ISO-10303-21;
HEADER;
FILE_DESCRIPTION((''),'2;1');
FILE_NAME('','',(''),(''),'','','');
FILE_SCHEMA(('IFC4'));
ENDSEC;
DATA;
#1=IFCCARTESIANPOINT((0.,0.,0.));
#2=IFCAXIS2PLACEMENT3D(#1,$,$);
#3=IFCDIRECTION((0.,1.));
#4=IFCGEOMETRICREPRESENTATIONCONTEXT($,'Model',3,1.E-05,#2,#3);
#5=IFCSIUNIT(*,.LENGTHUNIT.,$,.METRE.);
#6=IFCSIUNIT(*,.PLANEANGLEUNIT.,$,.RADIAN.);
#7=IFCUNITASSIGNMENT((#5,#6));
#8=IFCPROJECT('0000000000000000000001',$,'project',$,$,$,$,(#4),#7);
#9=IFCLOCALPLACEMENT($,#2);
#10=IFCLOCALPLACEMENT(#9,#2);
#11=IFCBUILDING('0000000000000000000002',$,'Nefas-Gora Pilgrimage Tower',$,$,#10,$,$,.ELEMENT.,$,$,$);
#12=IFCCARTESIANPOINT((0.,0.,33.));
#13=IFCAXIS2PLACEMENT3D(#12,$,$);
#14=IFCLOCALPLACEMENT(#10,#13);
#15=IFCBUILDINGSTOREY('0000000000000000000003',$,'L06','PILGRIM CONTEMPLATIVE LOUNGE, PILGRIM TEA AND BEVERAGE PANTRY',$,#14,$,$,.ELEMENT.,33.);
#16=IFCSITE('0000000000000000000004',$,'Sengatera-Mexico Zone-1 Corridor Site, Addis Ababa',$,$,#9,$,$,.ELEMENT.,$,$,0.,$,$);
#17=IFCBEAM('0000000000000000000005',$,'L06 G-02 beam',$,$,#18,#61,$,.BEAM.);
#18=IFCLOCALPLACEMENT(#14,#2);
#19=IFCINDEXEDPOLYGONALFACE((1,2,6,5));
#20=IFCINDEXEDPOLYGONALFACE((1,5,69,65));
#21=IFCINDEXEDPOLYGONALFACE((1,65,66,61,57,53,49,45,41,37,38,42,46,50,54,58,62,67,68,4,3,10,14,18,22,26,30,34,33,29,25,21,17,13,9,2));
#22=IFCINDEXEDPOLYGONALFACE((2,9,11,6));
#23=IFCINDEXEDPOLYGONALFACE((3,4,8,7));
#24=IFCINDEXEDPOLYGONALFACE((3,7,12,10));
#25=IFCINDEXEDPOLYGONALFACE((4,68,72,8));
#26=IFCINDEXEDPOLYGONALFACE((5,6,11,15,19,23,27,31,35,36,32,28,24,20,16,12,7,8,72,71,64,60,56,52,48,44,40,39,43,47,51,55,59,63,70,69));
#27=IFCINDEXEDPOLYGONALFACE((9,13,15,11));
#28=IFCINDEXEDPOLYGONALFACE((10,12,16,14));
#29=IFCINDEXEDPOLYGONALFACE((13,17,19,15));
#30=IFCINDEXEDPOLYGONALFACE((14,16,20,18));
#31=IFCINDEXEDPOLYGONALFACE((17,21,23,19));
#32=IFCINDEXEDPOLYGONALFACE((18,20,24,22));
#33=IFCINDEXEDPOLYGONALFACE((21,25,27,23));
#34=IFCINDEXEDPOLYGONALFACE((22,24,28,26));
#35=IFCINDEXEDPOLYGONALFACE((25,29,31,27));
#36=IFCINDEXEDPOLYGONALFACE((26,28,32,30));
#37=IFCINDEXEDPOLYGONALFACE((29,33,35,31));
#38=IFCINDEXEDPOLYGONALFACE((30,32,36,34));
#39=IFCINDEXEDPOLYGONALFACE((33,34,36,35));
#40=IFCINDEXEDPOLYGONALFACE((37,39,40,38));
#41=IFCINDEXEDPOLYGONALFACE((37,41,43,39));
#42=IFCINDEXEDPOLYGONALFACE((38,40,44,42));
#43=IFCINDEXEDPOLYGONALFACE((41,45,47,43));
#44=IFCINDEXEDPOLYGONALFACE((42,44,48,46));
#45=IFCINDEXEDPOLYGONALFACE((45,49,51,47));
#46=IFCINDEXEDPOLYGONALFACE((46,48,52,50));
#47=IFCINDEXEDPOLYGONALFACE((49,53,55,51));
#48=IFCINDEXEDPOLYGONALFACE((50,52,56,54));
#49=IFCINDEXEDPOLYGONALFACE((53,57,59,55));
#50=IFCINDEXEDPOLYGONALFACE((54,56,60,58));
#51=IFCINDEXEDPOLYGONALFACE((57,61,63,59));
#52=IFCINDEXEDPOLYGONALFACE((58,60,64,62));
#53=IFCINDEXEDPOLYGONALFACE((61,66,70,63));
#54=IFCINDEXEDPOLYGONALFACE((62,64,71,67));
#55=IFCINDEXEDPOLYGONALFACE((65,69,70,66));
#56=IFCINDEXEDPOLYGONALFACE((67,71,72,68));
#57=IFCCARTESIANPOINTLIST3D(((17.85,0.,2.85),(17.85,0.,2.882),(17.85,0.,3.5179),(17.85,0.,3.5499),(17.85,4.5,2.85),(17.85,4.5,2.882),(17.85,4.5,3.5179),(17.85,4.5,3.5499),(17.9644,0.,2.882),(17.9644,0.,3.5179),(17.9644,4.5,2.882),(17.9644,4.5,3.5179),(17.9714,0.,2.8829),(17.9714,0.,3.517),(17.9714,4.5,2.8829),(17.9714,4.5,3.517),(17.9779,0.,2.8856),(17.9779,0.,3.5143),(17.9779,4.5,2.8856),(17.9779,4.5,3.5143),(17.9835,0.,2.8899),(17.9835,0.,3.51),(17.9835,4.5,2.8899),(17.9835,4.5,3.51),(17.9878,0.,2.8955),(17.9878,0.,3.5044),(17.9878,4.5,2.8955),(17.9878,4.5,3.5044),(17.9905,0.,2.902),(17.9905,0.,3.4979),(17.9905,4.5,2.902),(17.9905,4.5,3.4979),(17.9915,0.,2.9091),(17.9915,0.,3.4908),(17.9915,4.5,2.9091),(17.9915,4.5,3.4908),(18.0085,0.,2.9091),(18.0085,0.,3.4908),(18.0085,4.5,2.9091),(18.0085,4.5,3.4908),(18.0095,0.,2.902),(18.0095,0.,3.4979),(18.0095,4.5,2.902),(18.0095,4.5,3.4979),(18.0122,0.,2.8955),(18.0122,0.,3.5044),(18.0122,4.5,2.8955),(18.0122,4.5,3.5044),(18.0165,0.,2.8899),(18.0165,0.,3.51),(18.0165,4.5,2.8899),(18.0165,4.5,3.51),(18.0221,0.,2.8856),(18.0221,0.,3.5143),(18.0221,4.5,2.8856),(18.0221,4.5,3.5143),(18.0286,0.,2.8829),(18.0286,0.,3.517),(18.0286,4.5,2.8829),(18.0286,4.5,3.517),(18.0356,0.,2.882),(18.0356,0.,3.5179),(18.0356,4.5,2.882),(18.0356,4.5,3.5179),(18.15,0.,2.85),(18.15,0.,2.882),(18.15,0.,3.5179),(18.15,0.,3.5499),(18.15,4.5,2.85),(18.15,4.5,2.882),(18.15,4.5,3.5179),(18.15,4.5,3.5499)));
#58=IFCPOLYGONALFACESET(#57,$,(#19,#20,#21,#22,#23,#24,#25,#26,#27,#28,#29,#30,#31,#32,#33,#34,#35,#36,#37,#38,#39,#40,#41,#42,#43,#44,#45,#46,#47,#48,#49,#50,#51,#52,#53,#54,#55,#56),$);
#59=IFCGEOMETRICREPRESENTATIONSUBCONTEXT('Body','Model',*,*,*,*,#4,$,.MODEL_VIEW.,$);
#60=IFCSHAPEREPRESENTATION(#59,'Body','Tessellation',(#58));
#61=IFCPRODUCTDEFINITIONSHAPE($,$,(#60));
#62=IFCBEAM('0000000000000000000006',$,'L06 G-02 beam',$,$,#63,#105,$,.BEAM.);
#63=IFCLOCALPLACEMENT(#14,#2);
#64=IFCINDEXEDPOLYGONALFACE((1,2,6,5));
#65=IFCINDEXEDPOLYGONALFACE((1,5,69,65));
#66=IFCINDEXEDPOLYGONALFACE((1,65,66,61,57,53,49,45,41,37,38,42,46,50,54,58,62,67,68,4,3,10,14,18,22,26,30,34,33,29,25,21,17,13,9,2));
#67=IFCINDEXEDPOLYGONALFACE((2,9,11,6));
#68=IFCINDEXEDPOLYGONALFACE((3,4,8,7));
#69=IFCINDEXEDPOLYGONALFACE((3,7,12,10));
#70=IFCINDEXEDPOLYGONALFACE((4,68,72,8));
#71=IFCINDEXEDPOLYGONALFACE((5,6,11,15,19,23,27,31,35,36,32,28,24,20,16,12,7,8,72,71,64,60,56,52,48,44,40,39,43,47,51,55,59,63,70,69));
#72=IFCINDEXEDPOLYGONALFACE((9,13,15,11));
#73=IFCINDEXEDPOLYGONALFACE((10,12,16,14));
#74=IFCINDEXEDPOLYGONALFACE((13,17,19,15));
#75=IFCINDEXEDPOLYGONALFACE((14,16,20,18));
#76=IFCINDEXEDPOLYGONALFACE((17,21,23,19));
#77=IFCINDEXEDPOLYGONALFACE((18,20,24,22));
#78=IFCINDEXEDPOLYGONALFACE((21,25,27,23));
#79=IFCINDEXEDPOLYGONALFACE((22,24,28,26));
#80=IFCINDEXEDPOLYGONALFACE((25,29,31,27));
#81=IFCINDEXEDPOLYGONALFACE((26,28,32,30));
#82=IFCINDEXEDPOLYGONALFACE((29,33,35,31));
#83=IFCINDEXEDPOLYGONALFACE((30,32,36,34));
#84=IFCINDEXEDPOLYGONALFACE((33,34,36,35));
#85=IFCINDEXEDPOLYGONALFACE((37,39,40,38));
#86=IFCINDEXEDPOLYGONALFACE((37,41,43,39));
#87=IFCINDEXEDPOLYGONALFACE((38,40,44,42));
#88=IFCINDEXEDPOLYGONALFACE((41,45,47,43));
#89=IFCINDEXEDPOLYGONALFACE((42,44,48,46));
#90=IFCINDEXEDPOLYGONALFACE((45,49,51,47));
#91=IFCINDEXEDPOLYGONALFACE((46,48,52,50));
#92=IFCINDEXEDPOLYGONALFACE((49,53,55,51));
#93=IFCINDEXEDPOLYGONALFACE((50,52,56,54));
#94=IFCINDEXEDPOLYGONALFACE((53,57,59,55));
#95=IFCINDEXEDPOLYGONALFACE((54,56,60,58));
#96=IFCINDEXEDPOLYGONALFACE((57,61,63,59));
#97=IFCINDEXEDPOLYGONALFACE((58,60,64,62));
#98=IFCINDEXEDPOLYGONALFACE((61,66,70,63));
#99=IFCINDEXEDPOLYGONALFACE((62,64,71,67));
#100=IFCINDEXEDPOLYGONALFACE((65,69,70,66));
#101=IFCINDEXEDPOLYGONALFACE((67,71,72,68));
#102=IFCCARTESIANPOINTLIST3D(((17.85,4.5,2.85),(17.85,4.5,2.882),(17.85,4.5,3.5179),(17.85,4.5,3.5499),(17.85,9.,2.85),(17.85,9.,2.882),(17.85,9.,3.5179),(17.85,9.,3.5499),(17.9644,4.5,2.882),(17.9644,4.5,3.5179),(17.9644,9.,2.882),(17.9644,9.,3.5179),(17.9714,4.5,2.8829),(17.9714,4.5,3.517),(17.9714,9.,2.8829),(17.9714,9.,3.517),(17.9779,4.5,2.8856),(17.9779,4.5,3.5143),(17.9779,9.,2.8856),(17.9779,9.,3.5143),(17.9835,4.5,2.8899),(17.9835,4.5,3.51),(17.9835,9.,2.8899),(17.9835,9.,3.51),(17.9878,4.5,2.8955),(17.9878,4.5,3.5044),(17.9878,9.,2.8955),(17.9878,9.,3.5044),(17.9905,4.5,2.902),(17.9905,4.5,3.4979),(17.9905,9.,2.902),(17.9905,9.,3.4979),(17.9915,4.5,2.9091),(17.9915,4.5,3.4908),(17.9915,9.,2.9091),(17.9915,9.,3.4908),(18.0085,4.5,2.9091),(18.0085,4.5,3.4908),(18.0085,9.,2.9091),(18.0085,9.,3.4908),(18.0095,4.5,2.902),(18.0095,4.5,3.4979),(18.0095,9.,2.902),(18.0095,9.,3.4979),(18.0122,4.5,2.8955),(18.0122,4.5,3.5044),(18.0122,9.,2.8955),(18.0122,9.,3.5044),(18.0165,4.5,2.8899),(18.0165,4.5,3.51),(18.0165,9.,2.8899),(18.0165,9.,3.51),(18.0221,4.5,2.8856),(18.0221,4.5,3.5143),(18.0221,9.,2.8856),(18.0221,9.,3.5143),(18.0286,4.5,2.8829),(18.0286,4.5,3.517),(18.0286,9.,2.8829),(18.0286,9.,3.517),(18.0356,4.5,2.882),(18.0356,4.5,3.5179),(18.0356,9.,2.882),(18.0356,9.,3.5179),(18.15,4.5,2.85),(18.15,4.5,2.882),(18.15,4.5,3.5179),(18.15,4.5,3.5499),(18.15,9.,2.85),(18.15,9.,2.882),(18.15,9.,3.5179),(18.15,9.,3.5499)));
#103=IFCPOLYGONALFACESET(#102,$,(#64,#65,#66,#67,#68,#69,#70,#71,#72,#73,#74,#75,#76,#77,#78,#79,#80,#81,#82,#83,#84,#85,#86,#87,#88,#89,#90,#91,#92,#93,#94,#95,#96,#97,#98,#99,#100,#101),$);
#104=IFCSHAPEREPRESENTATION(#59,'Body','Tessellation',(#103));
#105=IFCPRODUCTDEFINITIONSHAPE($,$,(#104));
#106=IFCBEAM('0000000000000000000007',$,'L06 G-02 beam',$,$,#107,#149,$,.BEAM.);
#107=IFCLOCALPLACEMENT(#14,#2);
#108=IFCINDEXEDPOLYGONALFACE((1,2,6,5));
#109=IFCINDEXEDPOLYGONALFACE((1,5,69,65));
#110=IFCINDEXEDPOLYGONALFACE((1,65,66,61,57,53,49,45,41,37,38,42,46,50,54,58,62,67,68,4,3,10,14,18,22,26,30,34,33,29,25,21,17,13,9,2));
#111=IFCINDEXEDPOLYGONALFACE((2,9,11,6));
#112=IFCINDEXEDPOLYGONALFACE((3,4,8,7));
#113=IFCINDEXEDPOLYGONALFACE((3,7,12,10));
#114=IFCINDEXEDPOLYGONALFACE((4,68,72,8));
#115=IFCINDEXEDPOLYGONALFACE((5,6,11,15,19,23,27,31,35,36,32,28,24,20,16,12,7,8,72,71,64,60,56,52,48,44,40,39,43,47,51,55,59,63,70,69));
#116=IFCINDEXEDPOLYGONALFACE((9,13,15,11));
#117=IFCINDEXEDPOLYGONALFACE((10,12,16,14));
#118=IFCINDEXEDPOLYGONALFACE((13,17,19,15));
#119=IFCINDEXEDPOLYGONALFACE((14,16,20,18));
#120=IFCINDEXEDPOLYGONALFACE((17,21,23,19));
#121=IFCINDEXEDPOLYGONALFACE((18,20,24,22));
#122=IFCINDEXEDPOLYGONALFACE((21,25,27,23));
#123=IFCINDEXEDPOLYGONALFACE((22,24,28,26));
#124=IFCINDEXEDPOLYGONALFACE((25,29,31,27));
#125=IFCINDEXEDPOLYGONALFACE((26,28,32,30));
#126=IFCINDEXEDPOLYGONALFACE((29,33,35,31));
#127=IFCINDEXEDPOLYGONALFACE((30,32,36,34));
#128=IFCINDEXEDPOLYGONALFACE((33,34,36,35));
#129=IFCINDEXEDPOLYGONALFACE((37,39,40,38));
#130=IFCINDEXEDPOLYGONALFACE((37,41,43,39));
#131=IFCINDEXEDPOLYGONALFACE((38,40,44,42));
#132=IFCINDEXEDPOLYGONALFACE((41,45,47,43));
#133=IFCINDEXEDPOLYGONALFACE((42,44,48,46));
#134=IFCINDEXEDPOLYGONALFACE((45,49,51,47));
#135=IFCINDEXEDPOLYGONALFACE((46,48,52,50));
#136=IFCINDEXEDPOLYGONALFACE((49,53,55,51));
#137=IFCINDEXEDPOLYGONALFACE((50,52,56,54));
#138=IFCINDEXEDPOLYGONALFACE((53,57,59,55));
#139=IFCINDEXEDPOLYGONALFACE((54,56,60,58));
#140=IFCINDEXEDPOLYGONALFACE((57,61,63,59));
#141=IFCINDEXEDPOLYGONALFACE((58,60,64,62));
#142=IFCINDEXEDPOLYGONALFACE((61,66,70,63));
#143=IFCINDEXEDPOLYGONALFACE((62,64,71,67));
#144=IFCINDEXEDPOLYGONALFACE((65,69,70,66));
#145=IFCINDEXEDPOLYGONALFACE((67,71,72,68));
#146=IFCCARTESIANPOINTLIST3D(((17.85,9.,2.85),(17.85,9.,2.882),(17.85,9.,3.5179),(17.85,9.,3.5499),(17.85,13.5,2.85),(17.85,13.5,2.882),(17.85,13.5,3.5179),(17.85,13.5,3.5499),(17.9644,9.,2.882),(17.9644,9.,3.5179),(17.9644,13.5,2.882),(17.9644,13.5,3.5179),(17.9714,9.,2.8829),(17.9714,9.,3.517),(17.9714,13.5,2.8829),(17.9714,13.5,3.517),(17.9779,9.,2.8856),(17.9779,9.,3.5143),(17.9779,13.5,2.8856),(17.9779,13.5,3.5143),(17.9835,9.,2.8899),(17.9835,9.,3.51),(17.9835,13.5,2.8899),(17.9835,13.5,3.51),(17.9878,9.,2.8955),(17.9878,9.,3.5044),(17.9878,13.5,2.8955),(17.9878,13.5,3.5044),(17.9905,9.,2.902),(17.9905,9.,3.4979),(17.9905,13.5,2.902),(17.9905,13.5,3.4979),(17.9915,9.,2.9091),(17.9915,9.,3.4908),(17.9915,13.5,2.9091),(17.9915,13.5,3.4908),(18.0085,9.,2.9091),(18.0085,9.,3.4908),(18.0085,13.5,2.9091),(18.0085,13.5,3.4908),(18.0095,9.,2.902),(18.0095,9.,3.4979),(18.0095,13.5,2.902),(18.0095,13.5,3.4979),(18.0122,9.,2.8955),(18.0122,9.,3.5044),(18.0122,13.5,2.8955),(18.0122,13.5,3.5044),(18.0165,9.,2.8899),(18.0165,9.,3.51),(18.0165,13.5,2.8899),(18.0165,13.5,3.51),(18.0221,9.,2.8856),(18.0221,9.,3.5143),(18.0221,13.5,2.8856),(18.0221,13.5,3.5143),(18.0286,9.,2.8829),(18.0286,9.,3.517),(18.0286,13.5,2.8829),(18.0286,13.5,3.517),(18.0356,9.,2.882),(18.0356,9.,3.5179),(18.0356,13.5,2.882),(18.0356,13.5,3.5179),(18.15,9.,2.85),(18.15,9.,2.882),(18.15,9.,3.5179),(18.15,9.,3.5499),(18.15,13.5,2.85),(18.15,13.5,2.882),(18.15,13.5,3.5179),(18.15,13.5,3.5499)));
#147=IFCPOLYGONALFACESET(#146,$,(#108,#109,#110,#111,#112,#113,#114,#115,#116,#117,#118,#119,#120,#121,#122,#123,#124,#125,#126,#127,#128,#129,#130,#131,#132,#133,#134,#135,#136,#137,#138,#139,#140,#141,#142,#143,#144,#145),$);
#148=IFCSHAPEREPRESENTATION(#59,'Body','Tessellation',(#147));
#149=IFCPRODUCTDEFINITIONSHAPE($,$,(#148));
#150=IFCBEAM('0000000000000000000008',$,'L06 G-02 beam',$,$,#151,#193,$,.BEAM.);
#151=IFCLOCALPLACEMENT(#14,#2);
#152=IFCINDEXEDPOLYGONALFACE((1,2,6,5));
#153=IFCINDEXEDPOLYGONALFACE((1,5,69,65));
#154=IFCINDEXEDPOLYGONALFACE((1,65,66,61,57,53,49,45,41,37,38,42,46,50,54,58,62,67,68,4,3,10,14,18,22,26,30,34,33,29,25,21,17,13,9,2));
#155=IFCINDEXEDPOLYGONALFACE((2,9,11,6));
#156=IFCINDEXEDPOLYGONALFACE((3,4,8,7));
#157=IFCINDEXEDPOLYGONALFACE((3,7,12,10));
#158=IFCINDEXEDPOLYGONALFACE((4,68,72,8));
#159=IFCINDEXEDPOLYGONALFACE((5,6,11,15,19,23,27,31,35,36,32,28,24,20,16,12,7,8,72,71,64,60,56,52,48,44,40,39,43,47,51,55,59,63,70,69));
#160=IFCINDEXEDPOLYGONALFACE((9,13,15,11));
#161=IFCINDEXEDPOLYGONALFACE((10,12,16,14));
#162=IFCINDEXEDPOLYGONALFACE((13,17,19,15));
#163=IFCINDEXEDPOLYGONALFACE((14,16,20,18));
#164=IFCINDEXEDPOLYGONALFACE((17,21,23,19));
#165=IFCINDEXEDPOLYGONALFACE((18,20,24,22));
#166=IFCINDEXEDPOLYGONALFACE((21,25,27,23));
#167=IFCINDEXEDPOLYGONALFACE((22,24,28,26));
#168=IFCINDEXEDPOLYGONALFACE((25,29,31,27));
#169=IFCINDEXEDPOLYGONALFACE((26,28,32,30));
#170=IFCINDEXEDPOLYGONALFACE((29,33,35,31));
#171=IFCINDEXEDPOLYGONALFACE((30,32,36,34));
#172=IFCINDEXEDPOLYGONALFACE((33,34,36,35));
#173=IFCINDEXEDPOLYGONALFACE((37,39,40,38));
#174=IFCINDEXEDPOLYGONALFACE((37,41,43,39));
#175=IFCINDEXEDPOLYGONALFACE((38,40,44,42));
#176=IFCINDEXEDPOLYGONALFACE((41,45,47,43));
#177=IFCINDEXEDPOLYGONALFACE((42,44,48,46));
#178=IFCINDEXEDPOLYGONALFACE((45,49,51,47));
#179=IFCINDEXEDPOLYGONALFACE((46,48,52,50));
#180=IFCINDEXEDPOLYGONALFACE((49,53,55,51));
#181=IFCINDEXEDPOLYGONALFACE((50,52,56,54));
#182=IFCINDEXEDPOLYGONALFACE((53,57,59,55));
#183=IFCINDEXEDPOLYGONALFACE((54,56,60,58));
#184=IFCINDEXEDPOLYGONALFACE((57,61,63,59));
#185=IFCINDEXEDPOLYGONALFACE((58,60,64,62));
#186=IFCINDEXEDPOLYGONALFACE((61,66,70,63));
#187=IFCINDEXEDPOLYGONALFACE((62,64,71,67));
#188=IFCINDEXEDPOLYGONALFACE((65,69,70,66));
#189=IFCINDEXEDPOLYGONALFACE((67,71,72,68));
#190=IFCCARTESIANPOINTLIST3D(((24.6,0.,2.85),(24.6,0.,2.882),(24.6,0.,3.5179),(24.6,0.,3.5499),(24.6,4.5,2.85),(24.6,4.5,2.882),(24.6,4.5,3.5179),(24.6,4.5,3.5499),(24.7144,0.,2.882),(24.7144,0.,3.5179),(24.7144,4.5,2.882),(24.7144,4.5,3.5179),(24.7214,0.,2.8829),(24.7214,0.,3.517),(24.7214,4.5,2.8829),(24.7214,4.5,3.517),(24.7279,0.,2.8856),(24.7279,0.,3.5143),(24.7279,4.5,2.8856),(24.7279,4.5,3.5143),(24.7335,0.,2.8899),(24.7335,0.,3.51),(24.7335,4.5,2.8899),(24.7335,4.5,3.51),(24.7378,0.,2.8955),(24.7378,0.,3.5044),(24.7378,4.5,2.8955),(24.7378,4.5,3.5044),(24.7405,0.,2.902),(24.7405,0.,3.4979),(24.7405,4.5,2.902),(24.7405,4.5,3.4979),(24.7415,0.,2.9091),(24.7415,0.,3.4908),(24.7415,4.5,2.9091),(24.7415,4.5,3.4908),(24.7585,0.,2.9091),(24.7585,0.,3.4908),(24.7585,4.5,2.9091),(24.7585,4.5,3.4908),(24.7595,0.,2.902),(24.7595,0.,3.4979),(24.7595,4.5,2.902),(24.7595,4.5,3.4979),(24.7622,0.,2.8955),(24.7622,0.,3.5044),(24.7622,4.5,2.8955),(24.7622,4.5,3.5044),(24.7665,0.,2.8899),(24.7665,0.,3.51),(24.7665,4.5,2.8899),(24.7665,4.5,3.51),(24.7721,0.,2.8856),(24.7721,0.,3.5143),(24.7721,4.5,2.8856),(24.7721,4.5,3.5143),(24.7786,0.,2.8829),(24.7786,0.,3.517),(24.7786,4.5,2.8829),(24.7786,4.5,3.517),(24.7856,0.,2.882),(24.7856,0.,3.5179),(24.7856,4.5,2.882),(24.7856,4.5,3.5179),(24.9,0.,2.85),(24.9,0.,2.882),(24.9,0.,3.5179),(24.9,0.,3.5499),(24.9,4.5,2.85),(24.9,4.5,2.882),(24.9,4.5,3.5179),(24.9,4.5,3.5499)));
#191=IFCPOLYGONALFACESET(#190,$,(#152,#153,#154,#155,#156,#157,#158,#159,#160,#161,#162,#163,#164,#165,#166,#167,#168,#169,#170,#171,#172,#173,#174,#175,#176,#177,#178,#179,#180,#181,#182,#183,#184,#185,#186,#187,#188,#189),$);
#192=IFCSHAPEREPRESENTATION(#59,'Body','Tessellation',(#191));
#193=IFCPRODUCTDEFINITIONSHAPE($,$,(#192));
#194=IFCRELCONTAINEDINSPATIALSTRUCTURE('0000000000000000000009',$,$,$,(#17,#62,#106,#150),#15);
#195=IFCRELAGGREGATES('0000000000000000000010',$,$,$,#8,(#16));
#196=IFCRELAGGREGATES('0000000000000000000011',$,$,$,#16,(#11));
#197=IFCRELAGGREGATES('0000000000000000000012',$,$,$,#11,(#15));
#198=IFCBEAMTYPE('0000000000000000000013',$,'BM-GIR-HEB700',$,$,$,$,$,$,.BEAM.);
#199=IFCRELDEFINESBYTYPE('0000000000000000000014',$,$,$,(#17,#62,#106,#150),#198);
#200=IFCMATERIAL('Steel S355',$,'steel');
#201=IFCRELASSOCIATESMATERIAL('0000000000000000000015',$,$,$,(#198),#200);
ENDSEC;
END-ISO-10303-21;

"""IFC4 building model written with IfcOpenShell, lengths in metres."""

from ifc_helpers import new_model, si_unit, direction, frame, origin, origin_2d, place, context, subcontext, project, spatial, i_section, extrude, source, transform, mapped, material, material_profile, profile_set, type_object, element, save


model = new_model("IFC4")

# Units and contexts
model_context = context("Model", 3, precision=1e-05, world=origin(), true_north=direction((0.0, 1.0)))
body_context = subcontext(model_context, "Body", "Model", "MODEL_VIEW")
ifc_project = project(units=[si_unit("LENGTHUNIT", "METRE"), si_unit("PLANEANGLEUNIT", "RADIAN")], contexts=[model_context])

# Site, building, storey
site_placement = place(None, origin())
site = spatial("IfcSite", under=ifc_project, at=site_placement, Name="Sengatera-Mexico Zone-1 Corridor Site, Addis Ababa", CompositionType="ELEMENT", RefElevation=0.0)
building_placement = place(site_placement, origin())
building = spatial("IfcBuilding", under=site, at=building_placement, Name="Nefas-Gora Pilgrimage Tower", CompositionType="ELEMENT")
storey_placement = place(building_placement, frame((0.0, 0.0, 33.0)))
storey = spatial("IfcBuildingStorey", under=building, at=storey_placement, Name="L06", Description="PILGRIM CONTEMPLATIVE LOUNGE, PILGRIM TEA AND BEVERAGE PANTRY", CompositionType="ELEMENT", Elevation=33.0)

# Beams
ifc_material_1 = material(Name="Steel S355", Category="steel")
ifc_material_profile_1 = material_profile(ifc_material_1, i_section(OverallWidth=0.3, OverallDepth=0.7, WebThickness=0.0171, FlangeThickness=0.032, FilletRadius=0.0271, at=origin_2d()), Name="HEB 700")
ifc_profile_set_1 = profile_set([ifc_material_profile_1], Name="Steel S355")
beam_type_1 = type_object("IfcBeamType", Name="BM-GIR-HEB700", PredefinedType="BEAM", material=ifc_profile_set_1)
shared_shape_1 = source(origin(), body_context, "Body", "SweptSolid", [
    extrude(i_section(OverallWidth=0.3, OverallDepth=0.7, WebThickness=0.0171, FlangeThickness=0.032, FilletRadius=0.0271, at=origin_2d()), origin(), (0.0, 0.0, 1.0), 4.5),
])
for number, where, z_axis, x_axis, name in (
    (1, (18.0, 0.0, 3.2), (0.0, 1.0, 0.0), (-1.0, 0.0, 0.0), "L06 G-02 beam"),
    (2, (18.0, 4.5, 3.2), (0.0, 1.0, 0.0), (-1.0, 0.0, 0.0), "L06 G-02 beam"),
    (3, (18.0, 9.0, 3.2), (0.0, 1.0, 0.0), (-1.0, 0.0, 0.0), "L06 G-02 beam"),
    (4, (24.75, 0.0, 3.2), (0.0, 1.0, 0.0), (-1.0, 0.0, 0.0), "L06 G-02 beam"),
):
    element("IfcBeam", number, at=place(storey_placement, frame(where, z_axis=z_axis, x_axis=x_axis)), inside=storey, type_object=beam_type_1, Name=name, PredefinedType="BEAM", context=body_context, shape_type="MappedRepresentation", body=[
        mapped(shared_shape_1, transform((0.0, 0.0, 0.0), x_axis=(1.0, 0.0, 0.0), y_axis=(0.0, 1.0, 0.0), z_axis=(0.0, 0.0, 1.0), scale=1.0)),
    ])

save(model, "model.ifc")
